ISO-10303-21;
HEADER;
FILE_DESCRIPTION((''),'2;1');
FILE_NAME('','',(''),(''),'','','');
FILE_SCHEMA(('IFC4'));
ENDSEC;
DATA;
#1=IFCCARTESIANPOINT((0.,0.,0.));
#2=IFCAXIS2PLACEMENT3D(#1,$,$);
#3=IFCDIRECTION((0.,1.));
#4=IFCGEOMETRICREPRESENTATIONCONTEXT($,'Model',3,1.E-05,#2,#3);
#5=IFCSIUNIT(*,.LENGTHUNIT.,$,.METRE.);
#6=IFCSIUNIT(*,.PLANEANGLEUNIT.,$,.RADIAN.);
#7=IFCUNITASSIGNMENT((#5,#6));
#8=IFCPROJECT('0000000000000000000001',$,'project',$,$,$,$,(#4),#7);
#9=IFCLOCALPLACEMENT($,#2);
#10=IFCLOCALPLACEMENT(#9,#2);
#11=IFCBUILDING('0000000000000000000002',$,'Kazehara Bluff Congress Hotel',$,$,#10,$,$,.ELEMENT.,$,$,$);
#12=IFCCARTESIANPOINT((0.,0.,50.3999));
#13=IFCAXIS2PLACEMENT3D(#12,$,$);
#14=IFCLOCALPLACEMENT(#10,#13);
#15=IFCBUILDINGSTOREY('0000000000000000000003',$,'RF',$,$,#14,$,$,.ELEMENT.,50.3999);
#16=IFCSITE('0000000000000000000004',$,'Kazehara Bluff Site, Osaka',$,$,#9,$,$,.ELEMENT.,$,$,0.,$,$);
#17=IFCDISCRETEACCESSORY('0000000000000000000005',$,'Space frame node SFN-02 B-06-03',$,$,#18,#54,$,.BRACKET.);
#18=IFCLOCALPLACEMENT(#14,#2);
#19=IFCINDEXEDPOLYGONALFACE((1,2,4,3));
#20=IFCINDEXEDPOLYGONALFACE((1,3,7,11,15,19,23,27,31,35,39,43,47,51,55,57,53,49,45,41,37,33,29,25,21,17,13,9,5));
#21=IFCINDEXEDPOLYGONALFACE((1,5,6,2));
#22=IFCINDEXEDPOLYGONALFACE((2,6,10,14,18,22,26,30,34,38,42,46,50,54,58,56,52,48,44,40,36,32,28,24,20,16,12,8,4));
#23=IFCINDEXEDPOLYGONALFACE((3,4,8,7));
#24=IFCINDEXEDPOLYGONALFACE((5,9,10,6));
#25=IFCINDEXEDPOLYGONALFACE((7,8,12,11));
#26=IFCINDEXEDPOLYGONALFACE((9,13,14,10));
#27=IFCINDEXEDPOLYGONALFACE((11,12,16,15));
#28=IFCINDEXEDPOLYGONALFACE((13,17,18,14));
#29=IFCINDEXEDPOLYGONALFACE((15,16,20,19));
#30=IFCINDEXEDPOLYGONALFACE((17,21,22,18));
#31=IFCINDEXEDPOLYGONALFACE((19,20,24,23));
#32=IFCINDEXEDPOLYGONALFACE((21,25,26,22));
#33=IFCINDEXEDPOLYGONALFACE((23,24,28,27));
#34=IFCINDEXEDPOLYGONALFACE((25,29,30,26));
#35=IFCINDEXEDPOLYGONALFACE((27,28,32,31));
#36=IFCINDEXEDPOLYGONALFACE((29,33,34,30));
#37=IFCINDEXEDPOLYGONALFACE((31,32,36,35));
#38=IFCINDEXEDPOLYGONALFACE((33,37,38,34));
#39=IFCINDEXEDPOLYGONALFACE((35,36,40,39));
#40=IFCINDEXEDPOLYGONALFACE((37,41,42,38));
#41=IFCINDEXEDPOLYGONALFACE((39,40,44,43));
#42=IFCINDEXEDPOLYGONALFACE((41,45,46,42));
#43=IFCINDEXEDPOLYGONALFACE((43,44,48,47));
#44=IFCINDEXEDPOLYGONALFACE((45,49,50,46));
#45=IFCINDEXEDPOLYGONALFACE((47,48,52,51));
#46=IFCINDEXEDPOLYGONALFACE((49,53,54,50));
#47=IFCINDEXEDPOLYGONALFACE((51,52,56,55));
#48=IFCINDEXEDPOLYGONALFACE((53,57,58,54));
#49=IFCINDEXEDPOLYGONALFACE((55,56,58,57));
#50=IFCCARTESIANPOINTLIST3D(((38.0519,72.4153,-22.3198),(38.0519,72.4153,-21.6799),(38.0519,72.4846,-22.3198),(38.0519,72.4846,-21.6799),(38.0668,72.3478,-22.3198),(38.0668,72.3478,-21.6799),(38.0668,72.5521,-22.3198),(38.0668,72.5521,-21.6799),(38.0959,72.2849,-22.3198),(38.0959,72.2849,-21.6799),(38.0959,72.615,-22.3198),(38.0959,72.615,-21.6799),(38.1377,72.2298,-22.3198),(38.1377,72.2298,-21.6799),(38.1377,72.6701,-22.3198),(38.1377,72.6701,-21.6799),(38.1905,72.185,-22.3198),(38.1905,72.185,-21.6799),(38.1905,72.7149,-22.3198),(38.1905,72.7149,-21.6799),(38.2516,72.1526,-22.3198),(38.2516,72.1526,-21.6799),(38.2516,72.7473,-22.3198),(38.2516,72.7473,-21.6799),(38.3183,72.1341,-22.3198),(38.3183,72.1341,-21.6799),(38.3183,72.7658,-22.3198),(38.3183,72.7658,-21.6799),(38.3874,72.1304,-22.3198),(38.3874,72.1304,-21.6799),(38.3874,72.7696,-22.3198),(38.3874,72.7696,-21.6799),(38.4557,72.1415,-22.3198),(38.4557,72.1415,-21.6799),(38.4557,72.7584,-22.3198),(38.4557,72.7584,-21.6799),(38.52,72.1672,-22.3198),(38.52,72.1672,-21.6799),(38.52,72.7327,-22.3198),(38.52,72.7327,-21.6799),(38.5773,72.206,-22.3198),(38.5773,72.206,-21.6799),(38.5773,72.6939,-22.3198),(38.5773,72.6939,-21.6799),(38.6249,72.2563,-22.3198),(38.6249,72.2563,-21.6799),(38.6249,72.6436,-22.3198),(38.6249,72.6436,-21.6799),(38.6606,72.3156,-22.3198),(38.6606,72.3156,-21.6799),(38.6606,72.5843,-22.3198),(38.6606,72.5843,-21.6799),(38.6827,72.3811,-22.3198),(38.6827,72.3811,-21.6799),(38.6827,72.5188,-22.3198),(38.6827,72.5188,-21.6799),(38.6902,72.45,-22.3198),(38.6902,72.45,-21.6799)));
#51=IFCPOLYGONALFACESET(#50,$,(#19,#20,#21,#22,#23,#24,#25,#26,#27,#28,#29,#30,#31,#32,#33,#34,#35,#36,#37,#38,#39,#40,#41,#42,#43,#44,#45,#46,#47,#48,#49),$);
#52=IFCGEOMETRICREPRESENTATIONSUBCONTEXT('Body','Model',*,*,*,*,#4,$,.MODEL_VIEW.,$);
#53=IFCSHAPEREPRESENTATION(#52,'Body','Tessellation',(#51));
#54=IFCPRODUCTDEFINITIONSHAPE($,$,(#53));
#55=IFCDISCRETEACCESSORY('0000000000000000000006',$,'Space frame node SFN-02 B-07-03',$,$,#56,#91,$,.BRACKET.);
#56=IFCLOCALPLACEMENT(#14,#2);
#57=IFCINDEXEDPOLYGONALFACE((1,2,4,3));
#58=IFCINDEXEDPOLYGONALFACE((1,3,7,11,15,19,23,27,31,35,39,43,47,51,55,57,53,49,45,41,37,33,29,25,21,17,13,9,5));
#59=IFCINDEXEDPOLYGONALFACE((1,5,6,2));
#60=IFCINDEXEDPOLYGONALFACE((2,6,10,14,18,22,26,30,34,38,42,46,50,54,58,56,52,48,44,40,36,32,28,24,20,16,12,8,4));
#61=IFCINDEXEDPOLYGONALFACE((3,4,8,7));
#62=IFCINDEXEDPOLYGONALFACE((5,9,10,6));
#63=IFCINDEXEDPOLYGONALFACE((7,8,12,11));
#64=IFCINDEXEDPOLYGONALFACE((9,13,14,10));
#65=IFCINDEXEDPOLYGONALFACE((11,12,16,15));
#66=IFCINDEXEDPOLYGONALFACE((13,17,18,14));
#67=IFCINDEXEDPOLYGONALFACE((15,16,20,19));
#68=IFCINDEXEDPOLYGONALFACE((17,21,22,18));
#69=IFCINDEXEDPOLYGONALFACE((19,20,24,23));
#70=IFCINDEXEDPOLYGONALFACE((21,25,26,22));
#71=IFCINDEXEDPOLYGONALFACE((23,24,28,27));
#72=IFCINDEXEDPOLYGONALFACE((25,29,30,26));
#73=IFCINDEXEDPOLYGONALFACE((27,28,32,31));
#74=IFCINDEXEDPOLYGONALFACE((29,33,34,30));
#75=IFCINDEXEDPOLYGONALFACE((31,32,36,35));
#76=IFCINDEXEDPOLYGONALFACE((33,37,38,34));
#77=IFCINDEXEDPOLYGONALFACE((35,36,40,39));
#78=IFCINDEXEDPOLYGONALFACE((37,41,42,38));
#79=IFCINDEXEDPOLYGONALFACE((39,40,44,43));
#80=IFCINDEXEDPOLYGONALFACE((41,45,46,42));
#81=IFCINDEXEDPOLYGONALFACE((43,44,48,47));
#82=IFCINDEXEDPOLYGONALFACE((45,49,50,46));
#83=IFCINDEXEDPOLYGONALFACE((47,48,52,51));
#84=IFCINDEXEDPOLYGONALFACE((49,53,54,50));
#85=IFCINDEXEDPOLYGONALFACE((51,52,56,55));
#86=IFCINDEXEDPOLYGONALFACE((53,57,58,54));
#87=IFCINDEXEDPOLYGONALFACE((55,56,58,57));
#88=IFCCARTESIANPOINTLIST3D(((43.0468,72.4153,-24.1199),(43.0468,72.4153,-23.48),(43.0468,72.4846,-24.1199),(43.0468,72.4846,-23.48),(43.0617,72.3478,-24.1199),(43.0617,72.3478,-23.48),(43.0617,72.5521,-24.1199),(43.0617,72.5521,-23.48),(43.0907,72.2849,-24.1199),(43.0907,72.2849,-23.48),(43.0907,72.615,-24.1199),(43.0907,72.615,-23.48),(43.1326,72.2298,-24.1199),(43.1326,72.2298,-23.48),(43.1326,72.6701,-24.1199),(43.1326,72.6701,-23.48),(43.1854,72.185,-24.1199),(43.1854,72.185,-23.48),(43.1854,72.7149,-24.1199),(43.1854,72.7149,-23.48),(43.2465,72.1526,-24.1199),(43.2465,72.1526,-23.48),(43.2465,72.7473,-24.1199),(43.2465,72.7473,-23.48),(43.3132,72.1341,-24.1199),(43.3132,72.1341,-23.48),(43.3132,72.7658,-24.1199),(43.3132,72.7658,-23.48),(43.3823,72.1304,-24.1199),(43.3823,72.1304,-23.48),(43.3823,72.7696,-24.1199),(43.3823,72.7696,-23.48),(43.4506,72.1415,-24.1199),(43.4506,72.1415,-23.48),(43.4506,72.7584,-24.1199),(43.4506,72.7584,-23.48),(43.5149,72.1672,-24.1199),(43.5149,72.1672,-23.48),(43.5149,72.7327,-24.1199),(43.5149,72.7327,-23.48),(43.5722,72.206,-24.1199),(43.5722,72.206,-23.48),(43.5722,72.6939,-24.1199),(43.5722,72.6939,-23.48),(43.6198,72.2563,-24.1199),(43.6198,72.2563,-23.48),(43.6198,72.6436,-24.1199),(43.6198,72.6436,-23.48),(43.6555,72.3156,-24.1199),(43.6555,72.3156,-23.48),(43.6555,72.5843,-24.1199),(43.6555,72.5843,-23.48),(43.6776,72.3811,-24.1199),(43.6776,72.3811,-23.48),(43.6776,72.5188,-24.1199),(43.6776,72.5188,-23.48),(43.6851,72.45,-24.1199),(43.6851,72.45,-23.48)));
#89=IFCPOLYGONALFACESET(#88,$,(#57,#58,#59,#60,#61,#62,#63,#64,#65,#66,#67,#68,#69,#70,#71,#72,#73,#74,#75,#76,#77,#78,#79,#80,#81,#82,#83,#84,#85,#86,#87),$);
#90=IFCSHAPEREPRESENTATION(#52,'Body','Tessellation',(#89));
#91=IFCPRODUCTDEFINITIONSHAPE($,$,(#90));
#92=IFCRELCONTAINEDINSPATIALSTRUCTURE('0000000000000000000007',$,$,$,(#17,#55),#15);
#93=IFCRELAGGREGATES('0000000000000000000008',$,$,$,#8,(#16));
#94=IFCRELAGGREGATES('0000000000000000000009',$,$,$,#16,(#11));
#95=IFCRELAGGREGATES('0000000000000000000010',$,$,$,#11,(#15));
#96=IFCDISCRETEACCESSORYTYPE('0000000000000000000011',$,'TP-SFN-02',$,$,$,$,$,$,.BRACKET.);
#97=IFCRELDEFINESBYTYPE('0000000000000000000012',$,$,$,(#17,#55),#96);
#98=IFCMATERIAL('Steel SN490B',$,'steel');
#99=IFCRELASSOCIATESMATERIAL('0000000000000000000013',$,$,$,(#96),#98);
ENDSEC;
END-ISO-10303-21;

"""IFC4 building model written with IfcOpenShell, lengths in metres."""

from ifc_helpers import new_model, si_unit, direction, frame, origin, origin_2d, place, context, subcontext, project, spatial, circle, extrude, material, material_profile, profile_set, type_object, element, save


model = new_model("IFC4")

# Units and contexts
model_context = context("Model", 3, precision=1e-05, world=origin(), true_north=direction((0.0, 1.0)))
body_context = subcontext(model_context, "Body", "Model", "MODEL_VIEW")
ifc_project = project(units=[si_unit("LENGTHUNIT", "METRE"), si_unit("PLANEANGLEUNIT", "RADIAN")], contexts=[model_context])

# Site, building, storey
site_placement = place(None, origin())
site = spatial("IfcSite", under=ifc_project, at=site_placement, Name="Kazehara Bluff Site, Osaka", CompositionType="ELEMENT", RefElevation=0.0)
building_placement = place(site_placement, origin())
building = spatial("IfcBuilding", under=site, at=building_placement, Name="Kazehara Bluff Congress Hotel", CompositionType="ELEMENT")
storey_placement = place(building_placement, frame((0.0, 0.0, 50.3999)))
storey = spatial("IfcBuildingStorey", under=building, at=storey_placement, Name="RF", CompositionType="ELEMENT", Elevation=50.3999)

# Discrete accessories
ifc_material_1 = material(Name="Steel SN490B", Category="steel")
ifc_material_profile_1 = material_profile(ifc_material_1, circle(Radius=0.3201, at=origin_2d()))
ifc_profile_set_1 = profile_set([ifc_material_profile_1], Name="Steel SN490B")
discrete_accessory_type_1 = type_object("IfcDiscreteAccessoryType", Name="TP-SFN-02", PredefinedType="BRACKET", material=ifc_profile_set_1)
for number, where, z_axis, x_axis, name in (
    (1, (38.3701, 72.45, -22.3198), (0.0, 0.0, 1.0), (1.0, 0.0, 0.0), "Space frame node SFN-02 B-06-03"),
    (2, (43.365, 72.45, -24.1199), (0.0, 0.0, 1.0), (1.0, 0.0, 0.0), "Space frame node SFN-02 B-07-03"),
):
    element("IfcDiscreteAccessory", number, at=place(storey_placement, frame(where, z_axis=z_axis, x_axis=x_axis)), inside=storey, type_object=discrete_accessory_type_1, Name=name, PredefinedType="BRACKET", context=body_context, shape_type="SweptSolid", body=[
        extrude(circle(Radius=0.3201, at=origin_2d()), origin(), (0.0, 0.0, 1.0), 0.6399),
    ])

save(model, "model.ifc")
